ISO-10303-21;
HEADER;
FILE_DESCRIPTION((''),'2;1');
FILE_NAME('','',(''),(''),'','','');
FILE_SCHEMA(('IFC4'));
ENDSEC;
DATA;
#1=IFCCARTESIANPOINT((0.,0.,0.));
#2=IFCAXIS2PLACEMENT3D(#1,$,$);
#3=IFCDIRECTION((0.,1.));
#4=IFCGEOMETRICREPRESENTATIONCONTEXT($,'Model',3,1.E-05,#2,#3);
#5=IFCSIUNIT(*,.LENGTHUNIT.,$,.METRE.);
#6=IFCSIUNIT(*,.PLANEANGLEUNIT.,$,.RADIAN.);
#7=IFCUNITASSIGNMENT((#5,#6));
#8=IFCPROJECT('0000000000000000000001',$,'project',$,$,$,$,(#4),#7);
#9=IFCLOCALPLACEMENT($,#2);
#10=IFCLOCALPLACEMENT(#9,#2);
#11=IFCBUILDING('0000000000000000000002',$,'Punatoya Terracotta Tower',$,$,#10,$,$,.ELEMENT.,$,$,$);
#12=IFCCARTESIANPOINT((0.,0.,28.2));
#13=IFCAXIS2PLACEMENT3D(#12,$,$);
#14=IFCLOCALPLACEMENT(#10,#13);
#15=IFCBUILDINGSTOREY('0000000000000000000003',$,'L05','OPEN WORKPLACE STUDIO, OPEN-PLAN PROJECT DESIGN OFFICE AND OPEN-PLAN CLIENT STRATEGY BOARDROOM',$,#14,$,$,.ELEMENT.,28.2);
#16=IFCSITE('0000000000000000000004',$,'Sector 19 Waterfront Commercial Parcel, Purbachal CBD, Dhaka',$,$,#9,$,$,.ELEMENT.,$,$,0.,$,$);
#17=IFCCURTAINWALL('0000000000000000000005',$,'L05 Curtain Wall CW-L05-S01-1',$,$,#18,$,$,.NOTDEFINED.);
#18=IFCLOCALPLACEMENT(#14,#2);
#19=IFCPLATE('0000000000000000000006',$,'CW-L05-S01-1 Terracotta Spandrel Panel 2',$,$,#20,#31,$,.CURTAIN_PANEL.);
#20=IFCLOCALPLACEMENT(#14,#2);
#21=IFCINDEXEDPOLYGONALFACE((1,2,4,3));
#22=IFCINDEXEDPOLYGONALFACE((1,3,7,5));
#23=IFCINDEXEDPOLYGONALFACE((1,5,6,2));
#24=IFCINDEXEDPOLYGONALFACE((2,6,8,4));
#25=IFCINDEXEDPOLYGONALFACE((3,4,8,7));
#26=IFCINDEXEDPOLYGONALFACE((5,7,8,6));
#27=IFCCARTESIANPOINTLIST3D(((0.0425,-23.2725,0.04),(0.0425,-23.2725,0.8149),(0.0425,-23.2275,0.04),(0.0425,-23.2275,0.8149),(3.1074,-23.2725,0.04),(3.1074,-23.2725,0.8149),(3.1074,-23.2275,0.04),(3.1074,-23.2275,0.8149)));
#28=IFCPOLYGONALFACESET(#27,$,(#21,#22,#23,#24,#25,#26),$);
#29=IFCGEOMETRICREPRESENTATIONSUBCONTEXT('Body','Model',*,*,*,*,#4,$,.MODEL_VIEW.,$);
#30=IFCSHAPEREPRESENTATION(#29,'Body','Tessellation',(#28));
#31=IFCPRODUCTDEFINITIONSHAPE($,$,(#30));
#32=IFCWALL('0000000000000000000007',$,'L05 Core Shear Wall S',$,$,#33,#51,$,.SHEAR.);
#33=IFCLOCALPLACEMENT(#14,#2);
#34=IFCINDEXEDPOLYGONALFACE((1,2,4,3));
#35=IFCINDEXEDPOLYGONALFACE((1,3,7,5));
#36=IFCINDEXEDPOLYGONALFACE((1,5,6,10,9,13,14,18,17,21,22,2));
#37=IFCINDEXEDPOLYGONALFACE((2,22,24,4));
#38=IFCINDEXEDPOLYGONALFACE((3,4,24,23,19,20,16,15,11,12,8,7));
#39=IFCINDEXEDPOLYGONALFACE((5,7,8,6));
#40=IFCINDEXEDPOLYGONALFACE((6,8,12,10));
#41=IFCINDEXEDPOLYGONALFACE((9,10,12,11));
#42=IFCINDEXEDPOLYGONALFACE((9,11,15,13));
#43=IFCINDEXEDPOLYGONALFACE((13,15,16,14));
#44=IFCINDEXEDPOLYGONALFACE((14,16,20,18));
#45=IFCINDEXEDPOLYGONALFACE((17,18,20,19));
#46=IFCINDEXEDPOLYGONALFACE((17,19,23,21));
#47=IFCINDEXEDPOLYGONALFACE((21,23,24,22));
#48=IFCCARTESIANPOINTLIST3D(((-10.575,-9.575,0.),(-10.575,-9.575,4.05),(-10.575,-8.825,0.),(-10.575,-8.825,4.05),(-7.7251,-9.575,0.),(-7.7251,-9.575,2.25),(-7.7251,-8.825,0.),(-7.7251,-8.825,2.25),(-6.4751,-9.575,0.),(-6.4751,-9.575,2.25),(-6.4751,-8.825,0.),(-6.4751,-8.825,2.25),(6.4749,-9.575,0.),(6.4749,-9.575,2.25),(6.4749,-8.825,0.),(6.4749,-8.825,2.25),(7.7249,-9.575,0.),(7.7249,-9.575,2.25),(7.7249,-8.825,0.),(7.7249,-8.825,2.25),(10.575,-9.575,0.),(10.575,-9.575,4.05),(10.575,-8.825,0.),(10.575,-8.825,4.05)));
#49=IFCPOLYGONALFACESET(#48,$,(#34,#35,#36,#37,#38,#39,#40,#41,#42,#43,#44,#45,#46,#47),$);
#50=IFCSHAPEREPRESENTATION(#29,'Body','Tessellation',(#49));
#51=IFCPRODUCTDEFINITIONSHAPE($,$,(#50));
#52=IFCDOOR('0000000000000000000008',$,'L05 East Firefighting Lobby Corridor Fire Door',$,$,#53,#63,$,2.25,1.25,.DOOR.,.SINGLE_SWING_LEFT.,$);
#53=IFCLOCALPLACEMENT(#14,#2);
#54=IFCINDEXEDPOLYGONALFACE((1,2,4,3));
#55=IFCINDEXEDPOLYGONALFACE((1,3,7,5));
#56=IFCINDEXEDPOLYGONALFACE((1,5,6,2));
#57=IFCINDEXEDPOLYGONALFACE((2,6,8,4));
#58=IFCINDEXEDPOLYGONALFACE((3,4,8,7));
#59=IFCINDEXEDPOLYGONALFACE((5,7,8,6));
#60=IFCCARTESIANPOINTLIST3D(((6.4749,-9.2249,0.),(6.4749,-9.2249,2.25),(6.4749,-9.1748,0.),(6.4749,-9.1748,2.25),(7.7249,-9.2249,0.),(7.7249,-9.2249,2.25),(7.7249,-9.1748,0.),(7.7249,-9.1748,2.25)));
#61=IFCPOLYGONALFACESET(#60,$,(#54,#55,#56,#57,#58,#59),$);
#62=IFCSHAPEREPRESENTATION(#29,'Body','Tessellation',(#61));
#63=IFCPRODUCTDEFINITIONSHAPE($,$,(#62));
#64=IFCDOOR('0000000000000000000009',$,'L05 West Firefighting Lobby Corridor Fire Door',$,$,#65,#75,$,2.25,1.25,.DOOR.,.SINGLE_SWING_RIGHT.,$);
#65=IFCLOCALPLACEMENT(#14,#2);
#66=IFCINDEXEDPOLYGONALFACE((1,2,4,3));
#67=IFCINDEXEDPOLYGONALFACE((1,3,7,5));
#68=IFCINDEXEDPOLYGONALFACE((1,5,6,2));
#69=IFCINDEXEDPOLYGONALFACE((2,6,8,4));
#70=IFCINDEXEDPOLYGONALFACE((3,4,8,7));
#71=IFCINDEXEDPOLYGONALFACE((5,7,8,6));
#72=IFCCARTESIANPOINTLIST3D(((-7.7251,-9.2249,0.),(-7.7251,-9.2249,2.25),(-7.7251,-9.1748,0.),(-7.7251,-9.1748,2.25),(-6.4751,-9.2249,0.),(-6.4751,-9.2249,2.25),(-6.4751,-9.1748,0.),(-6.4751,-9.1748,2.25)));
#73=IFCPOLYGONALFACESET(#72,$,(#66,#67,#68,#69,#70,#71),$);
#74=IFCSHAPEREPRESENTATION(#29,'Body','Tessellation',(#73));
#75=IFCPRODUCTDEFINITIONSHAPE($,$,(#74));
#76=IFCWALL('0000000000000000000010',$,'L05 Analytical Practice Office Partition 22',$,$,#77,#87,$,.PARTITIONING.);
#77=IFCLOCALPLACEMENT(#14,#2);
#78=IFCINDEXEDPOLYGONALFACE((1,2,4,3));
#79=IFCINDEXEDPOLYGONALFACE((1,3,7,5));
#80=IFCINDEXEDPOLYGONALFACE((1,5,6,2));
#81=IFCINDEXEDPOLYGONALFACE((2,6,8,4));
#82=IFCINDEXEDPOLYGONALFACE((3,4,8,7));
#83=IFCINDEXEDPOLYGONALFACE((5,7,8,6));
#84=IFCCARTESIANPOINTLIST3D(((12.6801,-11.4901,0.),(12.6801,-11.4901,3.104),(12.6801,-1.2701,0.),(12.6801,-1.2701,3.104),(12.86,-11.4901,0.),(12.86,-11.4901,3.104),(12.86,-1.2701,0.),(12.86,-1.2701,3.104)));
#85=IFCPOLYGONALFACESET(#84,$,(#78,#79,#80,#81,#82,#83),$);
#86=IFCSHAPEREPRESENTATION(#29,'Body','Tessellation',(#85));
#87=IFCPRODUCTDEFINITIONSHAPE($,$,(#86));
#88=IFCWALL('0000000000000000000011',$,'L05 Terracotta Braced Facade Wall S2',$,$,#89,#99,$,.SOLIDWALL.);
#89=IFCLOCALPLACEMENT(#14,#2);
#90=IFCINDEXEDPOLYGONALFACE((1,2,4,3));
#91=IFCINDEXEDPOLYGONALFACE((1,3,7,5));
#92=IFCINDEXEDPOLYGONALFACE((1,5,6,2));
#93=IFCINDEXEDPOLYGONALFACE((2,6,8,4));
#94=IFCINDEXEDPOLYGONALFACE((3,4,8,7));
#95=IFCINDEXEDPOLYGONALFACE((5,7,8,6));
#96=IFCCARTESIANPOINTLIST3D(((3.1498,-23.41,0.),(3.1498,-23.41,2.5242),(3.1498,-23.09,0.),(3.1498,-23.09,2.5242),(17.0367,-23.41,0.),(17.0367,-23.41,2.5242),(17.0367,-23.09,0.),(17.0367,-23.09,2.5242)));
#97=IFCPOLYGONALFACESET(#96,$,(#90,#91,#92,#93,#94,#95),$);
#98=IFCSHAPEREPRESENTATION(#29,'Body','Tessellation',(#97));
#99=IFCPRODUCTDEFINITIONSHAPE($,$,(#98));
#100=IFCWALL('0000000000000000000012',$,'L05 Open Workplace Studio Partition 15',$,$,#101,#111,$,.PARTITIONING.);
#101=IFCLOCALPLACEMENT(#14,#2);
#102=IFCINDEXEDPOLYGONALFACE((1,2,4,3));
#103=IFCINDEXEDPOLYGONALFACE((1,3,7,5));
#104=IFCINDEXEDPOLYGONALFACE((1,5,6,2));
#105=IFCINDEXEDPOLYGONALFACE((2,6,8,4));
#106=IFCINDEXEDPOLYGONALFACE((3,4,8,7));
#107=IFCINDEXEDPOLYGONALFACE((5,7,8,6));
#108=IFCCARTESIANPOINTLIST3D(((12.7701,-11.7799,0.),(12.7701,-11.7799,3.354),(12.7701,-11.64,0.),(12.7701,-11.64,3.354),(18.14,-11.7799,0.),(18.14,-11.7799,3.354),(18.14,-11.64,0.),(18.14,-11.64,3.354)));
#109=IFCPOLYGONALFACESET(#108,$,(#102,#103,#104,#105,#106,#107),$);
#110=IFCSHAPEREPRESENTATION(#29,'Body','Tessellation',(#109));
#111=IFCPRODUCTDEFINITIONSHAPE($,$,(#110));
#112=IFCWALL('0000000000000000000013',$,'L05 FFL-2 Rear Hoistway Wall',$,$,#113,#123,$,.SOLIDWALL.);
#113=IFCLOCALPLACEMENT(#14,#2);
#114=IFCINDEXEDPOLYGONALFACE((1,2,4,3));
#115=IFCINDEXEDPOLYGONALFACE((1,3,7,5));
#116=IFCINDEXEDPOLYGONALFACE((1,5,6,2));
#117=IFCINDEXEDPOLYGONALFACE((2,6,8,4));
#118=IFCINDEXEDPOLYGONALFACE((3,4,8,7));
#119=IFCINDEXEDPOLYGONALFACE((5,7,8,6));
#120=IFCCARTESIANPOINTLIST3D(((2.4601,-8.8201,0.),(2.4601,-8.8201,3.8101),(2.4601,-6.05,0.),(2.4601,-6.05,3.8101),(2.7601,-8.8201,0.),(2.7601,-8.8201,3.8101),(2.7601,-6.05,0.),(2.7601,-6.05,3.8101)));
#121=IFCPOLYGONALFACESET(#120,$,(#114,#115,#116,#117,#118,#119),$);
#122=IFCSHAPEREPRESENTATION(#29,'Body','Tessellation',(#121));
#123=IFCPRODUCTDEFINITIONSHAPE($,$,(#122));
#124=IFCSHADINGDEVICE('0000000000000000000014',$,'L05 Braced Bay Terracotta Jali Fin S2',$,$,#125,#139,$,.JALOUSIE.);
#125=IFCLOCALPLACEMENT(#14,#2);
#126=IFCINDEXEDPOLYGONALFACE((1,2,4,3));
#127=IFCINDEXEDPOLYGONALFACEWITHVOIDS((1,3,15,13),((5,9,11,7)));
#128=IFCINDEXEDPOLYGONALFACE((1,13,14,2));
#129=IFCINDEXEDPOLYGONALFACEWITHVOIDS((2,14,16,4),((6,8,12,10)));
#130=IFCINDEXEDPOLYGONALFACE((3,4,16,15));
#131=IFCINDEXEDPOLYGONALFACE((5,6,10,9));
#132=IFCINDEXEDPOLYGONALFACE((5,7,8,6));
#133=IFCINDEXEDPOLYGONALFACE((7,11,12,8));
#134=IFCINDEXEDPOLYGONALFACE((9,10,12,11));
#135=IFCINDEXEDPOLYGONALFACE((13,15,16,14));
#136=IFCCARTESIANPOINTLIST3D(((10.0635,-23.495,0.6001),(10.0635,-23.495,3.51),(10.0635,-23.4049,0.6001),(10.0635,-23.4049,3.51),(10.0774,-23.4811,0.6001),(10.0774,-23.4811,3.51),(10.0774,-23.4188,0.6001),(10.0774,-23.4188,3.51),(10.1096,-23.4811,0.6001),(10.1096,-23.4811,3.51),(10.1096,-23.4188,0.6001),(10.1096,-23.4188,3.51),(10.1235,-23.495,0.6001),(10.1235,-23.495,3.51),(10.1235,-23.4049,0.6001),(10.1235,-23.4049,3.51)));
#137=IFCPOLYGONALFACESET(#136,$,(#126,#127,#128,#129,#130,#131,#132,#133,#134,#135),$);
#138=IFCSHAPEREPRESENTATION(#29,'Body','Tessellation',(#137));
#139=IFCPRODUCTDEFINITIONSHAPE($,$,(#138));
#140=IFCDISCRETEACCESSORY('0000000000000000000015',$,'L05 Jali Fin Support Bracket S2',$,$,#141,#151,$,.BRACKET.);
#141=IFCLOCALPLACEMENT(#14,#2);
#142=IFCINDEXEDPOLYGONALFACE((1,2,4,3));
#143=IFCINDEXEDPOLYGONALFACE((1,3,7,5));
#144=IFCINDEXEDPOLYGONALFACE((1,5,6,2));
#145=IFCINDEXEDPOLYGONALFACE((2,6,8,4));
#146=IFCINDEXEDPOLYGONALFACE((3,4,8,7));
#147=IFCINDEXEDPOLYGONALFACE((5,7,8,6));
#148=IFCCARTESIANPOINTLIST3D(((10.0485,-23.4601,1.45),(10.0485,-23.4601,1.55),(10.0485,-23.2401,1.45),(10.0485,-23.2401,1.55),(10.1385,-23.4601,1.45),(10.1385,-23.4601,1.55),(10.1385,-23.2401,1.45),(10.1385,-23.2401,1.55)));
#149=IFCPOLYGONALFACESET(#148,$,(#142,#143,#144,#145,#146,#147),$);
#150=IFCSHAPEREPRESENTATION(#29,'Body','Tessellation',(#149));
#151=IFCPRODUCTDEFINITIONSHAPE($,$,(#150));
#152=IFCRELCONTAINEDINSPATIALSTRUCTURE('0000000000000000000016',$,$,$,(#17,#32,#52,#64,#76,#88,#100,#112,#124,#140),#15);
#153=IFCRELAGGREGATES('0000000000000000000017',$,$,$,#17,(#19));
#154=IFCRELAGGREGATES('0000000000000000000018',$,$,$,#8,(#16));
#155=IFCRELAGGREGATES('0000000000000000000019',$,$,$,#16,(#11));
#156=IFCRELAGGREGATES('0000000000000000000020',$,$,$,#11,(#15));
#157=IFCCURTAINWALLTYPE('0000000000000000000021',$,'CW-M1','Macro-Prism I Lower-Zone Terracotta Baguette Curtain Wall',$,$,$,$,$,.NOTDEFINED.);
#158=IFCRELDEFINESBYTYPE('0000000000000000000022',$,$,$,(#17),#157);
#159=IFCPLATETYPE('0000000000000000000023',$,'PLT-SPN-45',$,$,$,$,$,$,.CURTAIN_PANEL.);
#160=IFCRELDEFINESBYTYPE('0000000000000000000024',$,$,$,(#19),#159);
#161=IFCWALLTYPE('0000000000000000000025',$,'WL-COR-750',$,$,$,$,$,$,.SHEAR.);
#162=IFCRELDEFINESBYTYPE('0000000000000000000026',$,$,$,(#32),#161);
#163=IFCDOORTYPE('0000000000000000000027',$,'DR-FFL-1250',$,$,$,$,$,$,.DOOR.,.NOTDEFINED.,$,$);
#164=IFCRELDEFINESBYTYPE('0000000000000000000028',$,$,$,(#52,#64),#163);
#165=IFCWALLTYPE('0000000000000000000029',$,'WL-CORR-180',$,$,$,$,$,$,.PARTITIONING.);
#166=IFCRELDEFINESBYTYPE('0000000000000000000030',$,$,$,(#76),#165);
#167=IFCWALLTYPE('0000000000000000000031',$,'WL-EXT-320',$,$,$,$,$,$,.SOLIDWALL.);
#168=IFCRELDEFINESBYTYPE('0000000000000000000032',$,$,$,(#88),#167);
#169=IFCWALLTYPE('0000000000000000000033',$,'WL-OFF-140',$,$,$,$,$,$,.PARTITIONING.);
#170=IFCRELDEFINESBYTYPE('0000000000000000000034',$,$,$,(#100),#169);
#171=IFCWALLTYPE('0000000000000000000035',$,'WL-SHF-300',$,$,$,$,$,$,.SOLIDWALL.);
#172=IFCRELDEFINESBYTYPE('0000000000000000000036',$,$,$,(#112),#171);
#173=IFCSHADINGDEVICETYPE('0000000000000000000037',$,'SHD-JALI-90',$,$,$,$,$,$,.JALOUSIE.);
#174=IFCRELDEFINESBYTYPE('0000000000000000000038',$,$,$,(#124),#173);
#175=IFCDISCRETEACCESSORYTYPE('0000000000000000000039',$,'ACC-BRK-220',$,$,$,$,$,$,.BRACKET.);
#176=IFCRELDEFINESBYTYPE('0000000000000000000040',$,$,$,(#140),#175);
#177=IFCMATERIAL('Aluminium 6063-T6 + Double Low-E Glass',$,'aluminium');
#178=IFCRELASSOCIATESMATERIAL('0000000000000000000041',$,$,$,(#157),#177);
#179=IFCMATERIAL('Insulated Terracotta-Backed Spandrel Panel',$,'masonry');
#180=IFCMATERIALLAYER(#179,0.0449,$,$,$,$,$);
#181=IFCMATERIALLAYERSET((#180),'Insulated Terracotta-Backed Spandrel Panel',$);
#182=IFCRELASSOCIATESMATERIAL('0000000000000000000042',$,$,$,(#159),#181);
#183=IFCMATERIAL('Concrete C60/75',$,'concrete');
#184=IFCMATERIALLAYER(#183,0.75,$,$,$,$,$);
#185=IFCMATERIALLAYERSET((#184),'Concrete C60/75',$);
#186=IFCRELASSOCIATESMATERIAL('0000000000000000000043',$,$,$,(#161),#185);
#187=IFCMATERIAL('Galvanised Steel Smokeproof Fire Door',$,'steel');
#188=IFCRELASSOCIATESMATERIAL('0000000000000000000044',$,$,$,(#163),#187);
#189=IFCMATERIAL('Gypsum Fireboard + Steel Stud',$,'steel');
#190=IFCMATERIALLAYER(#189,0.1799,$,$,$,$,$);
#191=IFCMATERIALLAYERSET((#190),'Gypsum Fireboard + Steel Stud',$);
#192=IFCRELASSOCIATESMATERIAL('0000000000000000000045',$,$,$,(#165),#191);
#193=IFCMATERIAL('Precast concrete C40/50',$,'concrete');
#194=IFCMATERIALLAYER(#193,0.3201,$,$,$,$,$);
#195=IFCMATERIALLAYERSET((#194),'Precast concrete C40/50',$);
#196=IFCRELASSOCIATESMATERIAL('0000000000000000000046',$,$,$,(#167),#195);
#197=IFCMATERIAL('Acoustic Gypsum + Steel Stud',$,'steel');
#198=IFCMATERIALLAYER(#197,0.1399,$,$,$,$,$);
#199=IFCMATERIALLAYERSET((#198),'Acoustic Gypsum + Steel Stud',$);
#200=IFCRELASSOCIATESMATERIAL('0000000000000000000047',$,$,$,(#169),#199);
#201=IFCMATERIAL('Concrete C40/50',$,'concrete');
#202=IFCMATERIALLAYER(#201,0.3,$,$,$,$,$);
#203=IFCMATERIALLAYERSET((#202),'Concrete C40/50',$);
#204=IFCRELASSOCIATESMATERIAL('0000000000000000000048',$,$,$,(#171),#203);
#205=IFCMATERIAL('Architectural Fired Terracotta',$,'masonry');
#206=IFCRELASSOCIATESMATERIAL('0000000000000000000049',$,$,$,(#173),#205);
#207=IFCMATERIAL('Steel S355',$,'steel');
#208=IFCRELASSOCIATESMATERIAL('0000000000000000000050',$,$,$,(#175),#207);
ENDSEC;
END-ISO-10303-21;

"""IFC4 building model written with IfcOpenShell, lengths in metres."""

from ifc_helpers import new_model, si_unit, direction, frame, frame_2d, origin, origin_2d, place, context, subcontext, project, spatial, rectangle, hollow_rectangle, extrude, material, layer, layer_set, material_profile, profile_set, type_object, element, fill, aggregate, save


model = new_model("IFC4")

# Units and contexts
model_context = context("Model", 3, precision=1e-05, world=origin(), true_north=direction((0.0, 1.0)))
body_context = subcontext(model_context, "Body", "Model", "MODEL_VIEW")
ifc_project = project(units=[si_unit("LENGTHUNIT", "METRE"), si_unit("PLANEANGLEUNIT", "RADIAN")], contexts=[model_context])

# Site, building, storey
site_placement = place(None, origin())
site = spatial("IfcSite", under=ifc_project, at=site_placement, Name="Sector 19 Waterfront Commercial Parcel, Purbachal CBD, Dhaka", CompositionType="ELEMENT", RefElevation=0.0)
building_placement = place(site_placement, origin())
building = spatial("IfcBuilding", under=site, at=building_placement, Name="Punatoya Terracotta Tower", CompositionType="ELEMENT")
storey_placement = place(building_placement, frame((0.0, 0.0, 28.2)))
storey = spatial("IfcBuildingStorey", under=building, at=storey_placement, Name="L05", Description="OPEN WORKPLACE STUDIO, OPEN-PLAN PROJECT DESIGN OFFICE AND OPEN-PLAN CLIENT STRATEGY BOARDROOM", CompositionType="ELEMENT", Elevation=28.2)

# Shared definitions
ifc_material_1 = material(Name="Steel S355", Category="steel")

# Curtain wall
ifc_material_2 = material(Name="Aluminium 6063-T6 + Double Low-E Glass", Category="aluminium")
curtain_wall_type = type_object("IfcCurtainWallType", Name="CW-M1", Description="Macro-Prism I Lower-Zone Terracotta Baguette Curtain Wall", PredefinedType="NOTDEFINED", material=ifc_material_2)
curtain_wall_placement = place(storey_placement, origin())
curtain_wall = element("IfcCurtainWall", 1, at=curtain_wall_placement, inside=storey, type_object=curtain_wall_type, Name="L05 Curtain Wall CW-L05-S01-1", PredefinedType="NOTDEFINED")

# Plate
ifc_material_3 = material(Name="Insulated Terracotta-Backed Spandrel Panel", Category="masonry")
ifc_layer_1 = layer(ifc_material_3, 0.0449)
ifc_layer_set_1 = layer_set([ifc_layer_1], Name="Insulated Terracotta-Backed Spandrel Panel")
plate_type_1 = type_object("IfcPlateType", Name="PLT-SPN-45", PredefinedType="CURTAIN_PANEL", material=ifc_layer_set_1)
plate_1_placement = place(storey_placement, frame((1.575, -23.25, 0.04), z_axis=(0.0, 0.0, 1.0), x_axis=(1.0, 0.0, 0.0)))
plate_1 = element("IfcPlate", 2, at=plate_1_placement, type_object=plate_type_1, Name="CW-L05-S01-1 Terracotta Spandrel Panel 2", PredefinedType="CURTAIN_PANEL", context=body_context, shape_type="SweptSolid", body=[
    extrude(rectangle(XDim=3.0649, YDim=0.0449, at=origin_2d()), origin(), (0.0, 0.0, 1.0), 0.7749),
])
aggregate(curtain_wall, [plate_1])

# Wall, openings, doors
ifc_material_4 = material(Name="Concrete C60/75", Category="concrete")
ifc_layer_2 = layer(ifc_material_4, 0.75)
ifc_layer_set_2 = layer_set([ifc_layer_2], Name="Concrete C60/75")
wall_type_1 = type_object("IfcWallType", Name="WL-COR-750", PredefinedType="SHEAR", material=ifc_layer_set_2)
wall_1_placement = place(storey_placement, frame((10.575, -9.2, 0.0), z_axis=(0.0, 0.0, 1.0), x_axis=(-1.0, 0.0, 0.0)))
wall_1 = element("IfcWall", 3, at=wall_1_placement, inside=storey, type_object=wall_type_1, Name="L05 Core Shear Wall S", PredefinedType="SHEAR", context=body_context, shape_type="SweptSolid", body=[
    extrude(rectangle(XDim=21.1499, YDim=0.75, at=frame_2d((10.575, 0.0))), origin(), (0.0, 0.0, 1.0), 4.05),
])
opening_1_placement = place(wall_1_placement, frame((2.8501, 0.0, 0.0)))
opening_1 = element("IfcOpeningElement", 4, at=opening_1_placement, cuts=wall_1, PredefinedType="OPENING", context=body_context, shape_type="SweptSolid", body=[
    extrude(rectangle(XDim=1.25, YDim=2.25, at=frame_2d((0.625, 1.125))), frame((0.0, 0.385, 0.0), z_axis=(0.0, -1.0, 0.0), x_axis=(1.0, 0.0, 0.0)), (0.0, 0.0, 1.0), 0.77),
])
opening_2_placement = place(wall_1_placement, frame((17.05, 0.0, 0.0)))
opening_2 = element("IfcOpeningElement", 5, at=opening_2_placement, cuts=wall_1, PredefinedType="OPENING", context=body_context, shape_type="SweptSolid", body=[
    extrude(rectangle(XDim=1.25, YDim=2.25, at=frame_2d((0.625, 1.125))), frame((0.0, 0.385, 0.0), z_axis=(0.0, -1.0, 0.0), x_axis=(1.0, 0.0, 0.0)), (0.0, 0.0, 1.0), 0.77),
])
ifc_material_5 = material(Name="Galvanised Steel Smokeproof Fire Door", Category="steel")
door_type = type_object("IfcDoorType", Name="DR-FFL-1250", OperationType="NOTDEFINED", PredefinedType="DOOR", material=ifc_material_5)
door_1_placement = place(opening_1_placement, origin())
door_1 = element("IfcDoor", 6, at=door_1_placement, inside=storey, type_object=door_type, Name="L05 East Firefighting Lobby Corridor Fire Door", OperationType="SINGLE_SWING_LEFT", OverallHeight=2.25, OverallWidth=1.25, PredefinedType="DOOR", context=body_context, shape_type="SweptSolid", body=[
    extrude(rectangle(XDim=1.25, YDim=2.25, at=frame_2d((0.625, 1.125))), frame((0.0, 0.0249, 0.0), z_axis=(0.0, -1.0, 0.0), x_axis=(1.0, 0.0, 0.0)), (0.0, 0.0, 1.0), 0.05),
])
fill(opening_1, door_1)
door_2_placement = place(opening_2_placement, origin())
door_2 = element("IfcDoor", 7, at=door_2_placement, inside=storey, type_object=door_type, Name="L05 West Firefighting Lobby Corridor Fire Door", OperationType="SINGLE_SWING_RIGHT", OverallHeight=2.25, OverallWidth=1.25, PredefinedType="DOOR", context=body_context, shape_type="SweptSolid", body=[
    extrude(rectangle(XDim=1.25, YDim=2.25, at=frame_2d((0.625, 1.125))), frame((0.0, 0.0249, 0.0), z_axis=(0.0, -1.0, 0.0), x_axis=(1.0, 0.0, 0.0)), (0.0, 0.0, 1.0), 0.05),
])
fill(opening_2, door_2)

# Walls
ifc_material_6 = material(Name="Gypsum Fireboard + Steel Stud", Category="steel")
ifc_layer_3 = layer(ifc_material_6, 0.1799)
ifc_layer_set_3 = layer_set([ifc_layer_3], Name="Gypsum Fireboard + Steel Stud")
wall_type_2 = type_object("IfcWallType", Name="WL-CORR-180", PredefinedType="PARTITIONING", material=ifc_layer_set_3)
wall_2_placement = place(storey_placement, frame((12.77, -11.49, 0.0), z_axis=(0.0, 0.0, 1.0), x_axis=(0.0, 1.0, 0.0)))
element("IfcWall", 8, at=wall_2_placement, inside=storey, type_object=wall_type_2, Name="L05 Analytical Practice Office Partition 22", PredefinedType="PARTITIONING", context=body_context, shape_type="SweptSolid", body=[
    extrude(rectangle(XDim=10.22, YDim=0.1799, at=frame_2d((5.1099, 0.0))), origin(), (0.0, 0.0, 1.0), 3.104),
])
ifc_material_7 = material(Name="Precast concrete C40/50", Category="concrete")
ifc_layer_4 = layer(ifc_material_7, 0.3201)
ifc_layer_set_4 = layer_set([ifc_layer_4], Name="Precast concrete C40/50")
wall_type_3 = type_object("IfcWallType", Name="WL-EXT-320", PredefinedType="SOLIDWALL", material=ifc_layer_set_4)
wall_3_placement = place(storey_placement, frame((3.1499, -23.25, 0.0), z_axis=(0.0, 0.0, 1.0), x_axis=(1.0, 0.0, 0.0)))
element("IfcWall", 9, at=wall_3_placement, inside=storey, type_object=wall_type_3, Name="L05 Terracotta Braced Facade Wall S2", PredefinedType="SOLIDWALL", context=body_context, shape_type="SweptSolid", body=[
    extrude(rectangle(XDim=13.887, YDim=0.3201, at=frame_2d((6.9434, 0.0))), origin(), (0.0, 0.0, 1.0), 2.5242),
])
ifc_material_8 = material(Name="Acoustic Gypsum + Steel Stud", Category="steel")
ifc_layer_5 = layer(ifc_material_8, 0.1399)
ifc_layer_set_5 = layer_set([ifc_layer_5], Name="Acoustic Gypsum + Steel Stud")
wall_type_4 = type_object("IfcWallType", Name="WL-OFF-140", PredefinedType="PARTITIONING", material=ifc_layer_set_5)
wall_4_placement = place(storey_placement, frame((12.77, -11.71, 0.0), z_axis=(0.0, 0.0, 1.0), x_axis=(1.0, 0.0, 0.0)))
element("IfcWall", 10, at=wall_4_placement, inside=storey, type_object=wall_type_4, Name="L05 Open Workplace Studio Partition 15", PredefinedType="PARTITIONING", context=body_context, shape_type="SweptSolid", body=[
    extrude(rectangle(XDim=5.3699, YDim=0.1399, at=frame_2d((2.6851, 0.0))), origin(), (0.0, 0.0, 1.0), 3.354),
])
ifc_material_9 = material(Name="Concrete C40/50", Category="concrete")
ifc_layer_6 = layer(ifc_material_9, 0.3)
ifc_layer_set_6 = layer_set([ifc_layer_6], Name="Concrete C40/50")
wall_type_5 = type_object("IfcWallType", Name="WL-SHF-300", PredefinedType="SOLIDWALL", material=ifc_layer_set_6)
wall_5_placement = place(storey_placement, frame((2.6101, -8.8201, 0.0), z_axis=(0.0, 0.0, 1.0), x_axis=(0.0, 1.0, 0.0)))
element("IfcWall", 11, at=wall_5_placement, inside=storey, type_object=wall_type_5, Name="L05 FFL-2 Rear Hoistway Wall", PredefinedType="SOLIDWALL", context=body_context, shape_type="SweptSolid", body=[
    extrude(rectangle(XDim=2.77, YDim=0.3, at=frame_2d((1.385, 0.0))), origin(), (0.0, 0.0, 1.0), 3.8101),
])

# Shading device
ifc_material_10 = material(Name="Architectural Fired Terracotta", Category="masonry")
ifc_material_profile_1 = material_profile(ifc_material_10, hollow_rectangle(XDim=0.0601, YDim=0.0901, WallThickness=0.0139, at=origin_2d()))
ifc_profile_set_1 = profile_set([ifc_material_profile_1], Name="Architectural Fired Terracotta")
shading_device_type = type_object("IfcShadingDeviceType", Name="SHD-JALI-90", PredefinedType="JALOUSIE", material=ifc_profile_set_1)
shading_device_placement = place(storey_placement, frame((10.0935, -23.45, 0.6001), z_axis=(0.0, 0.0, 1.0), x_axis=(1.0, 0.0, 0.0)))
element("IfcShadingDevice", 12, at=shading_device_placement, inside=storey, type_object=shading_device_type, Name="L05 Braced Bay Terracotta Jali Fin S2", PredefinedType="JALOUSIE", context=body_context, shape_type="SweptSolid", body=[
    extrude(hollow_rectangle(XDim=0.0601, YDim=0.0901, WallThickness=0.0139, at=origin_2d()), origin(), (0.0, 0.0, 1.0), 2.9099),
])

# Discrete accessory
discrete_accessory_type = type_object("IfcDiscreteAccessoryType", Name="ACC-BRK-220", PredefinedType="BRACKET", material=ifc_material_1)
discrete_accessory_placement = place(storey_placement, frame((10.0935, -23.3501, 1.45), z_axis=(0.0, 0.0, 1.0), x_axis=(1.0, 0.0, 0.0)))
element("IfcDiscreteAccessory", 13, at=discrete_accessory_placement, inside=storey, type_object=discrete_accessory_type, Name="L05 Jali Fin Support Bracket S2", PredefinedType="BRACKET", context=body_context, shape_type="SweptSolid", body=[
    extrude(rectangle(XDim=0.0901, YDim=0.22, at=origin_2d()), origin(), (0.0, 0.0, 1.0), 0.1001),
])

save(model, "model.ifc")
